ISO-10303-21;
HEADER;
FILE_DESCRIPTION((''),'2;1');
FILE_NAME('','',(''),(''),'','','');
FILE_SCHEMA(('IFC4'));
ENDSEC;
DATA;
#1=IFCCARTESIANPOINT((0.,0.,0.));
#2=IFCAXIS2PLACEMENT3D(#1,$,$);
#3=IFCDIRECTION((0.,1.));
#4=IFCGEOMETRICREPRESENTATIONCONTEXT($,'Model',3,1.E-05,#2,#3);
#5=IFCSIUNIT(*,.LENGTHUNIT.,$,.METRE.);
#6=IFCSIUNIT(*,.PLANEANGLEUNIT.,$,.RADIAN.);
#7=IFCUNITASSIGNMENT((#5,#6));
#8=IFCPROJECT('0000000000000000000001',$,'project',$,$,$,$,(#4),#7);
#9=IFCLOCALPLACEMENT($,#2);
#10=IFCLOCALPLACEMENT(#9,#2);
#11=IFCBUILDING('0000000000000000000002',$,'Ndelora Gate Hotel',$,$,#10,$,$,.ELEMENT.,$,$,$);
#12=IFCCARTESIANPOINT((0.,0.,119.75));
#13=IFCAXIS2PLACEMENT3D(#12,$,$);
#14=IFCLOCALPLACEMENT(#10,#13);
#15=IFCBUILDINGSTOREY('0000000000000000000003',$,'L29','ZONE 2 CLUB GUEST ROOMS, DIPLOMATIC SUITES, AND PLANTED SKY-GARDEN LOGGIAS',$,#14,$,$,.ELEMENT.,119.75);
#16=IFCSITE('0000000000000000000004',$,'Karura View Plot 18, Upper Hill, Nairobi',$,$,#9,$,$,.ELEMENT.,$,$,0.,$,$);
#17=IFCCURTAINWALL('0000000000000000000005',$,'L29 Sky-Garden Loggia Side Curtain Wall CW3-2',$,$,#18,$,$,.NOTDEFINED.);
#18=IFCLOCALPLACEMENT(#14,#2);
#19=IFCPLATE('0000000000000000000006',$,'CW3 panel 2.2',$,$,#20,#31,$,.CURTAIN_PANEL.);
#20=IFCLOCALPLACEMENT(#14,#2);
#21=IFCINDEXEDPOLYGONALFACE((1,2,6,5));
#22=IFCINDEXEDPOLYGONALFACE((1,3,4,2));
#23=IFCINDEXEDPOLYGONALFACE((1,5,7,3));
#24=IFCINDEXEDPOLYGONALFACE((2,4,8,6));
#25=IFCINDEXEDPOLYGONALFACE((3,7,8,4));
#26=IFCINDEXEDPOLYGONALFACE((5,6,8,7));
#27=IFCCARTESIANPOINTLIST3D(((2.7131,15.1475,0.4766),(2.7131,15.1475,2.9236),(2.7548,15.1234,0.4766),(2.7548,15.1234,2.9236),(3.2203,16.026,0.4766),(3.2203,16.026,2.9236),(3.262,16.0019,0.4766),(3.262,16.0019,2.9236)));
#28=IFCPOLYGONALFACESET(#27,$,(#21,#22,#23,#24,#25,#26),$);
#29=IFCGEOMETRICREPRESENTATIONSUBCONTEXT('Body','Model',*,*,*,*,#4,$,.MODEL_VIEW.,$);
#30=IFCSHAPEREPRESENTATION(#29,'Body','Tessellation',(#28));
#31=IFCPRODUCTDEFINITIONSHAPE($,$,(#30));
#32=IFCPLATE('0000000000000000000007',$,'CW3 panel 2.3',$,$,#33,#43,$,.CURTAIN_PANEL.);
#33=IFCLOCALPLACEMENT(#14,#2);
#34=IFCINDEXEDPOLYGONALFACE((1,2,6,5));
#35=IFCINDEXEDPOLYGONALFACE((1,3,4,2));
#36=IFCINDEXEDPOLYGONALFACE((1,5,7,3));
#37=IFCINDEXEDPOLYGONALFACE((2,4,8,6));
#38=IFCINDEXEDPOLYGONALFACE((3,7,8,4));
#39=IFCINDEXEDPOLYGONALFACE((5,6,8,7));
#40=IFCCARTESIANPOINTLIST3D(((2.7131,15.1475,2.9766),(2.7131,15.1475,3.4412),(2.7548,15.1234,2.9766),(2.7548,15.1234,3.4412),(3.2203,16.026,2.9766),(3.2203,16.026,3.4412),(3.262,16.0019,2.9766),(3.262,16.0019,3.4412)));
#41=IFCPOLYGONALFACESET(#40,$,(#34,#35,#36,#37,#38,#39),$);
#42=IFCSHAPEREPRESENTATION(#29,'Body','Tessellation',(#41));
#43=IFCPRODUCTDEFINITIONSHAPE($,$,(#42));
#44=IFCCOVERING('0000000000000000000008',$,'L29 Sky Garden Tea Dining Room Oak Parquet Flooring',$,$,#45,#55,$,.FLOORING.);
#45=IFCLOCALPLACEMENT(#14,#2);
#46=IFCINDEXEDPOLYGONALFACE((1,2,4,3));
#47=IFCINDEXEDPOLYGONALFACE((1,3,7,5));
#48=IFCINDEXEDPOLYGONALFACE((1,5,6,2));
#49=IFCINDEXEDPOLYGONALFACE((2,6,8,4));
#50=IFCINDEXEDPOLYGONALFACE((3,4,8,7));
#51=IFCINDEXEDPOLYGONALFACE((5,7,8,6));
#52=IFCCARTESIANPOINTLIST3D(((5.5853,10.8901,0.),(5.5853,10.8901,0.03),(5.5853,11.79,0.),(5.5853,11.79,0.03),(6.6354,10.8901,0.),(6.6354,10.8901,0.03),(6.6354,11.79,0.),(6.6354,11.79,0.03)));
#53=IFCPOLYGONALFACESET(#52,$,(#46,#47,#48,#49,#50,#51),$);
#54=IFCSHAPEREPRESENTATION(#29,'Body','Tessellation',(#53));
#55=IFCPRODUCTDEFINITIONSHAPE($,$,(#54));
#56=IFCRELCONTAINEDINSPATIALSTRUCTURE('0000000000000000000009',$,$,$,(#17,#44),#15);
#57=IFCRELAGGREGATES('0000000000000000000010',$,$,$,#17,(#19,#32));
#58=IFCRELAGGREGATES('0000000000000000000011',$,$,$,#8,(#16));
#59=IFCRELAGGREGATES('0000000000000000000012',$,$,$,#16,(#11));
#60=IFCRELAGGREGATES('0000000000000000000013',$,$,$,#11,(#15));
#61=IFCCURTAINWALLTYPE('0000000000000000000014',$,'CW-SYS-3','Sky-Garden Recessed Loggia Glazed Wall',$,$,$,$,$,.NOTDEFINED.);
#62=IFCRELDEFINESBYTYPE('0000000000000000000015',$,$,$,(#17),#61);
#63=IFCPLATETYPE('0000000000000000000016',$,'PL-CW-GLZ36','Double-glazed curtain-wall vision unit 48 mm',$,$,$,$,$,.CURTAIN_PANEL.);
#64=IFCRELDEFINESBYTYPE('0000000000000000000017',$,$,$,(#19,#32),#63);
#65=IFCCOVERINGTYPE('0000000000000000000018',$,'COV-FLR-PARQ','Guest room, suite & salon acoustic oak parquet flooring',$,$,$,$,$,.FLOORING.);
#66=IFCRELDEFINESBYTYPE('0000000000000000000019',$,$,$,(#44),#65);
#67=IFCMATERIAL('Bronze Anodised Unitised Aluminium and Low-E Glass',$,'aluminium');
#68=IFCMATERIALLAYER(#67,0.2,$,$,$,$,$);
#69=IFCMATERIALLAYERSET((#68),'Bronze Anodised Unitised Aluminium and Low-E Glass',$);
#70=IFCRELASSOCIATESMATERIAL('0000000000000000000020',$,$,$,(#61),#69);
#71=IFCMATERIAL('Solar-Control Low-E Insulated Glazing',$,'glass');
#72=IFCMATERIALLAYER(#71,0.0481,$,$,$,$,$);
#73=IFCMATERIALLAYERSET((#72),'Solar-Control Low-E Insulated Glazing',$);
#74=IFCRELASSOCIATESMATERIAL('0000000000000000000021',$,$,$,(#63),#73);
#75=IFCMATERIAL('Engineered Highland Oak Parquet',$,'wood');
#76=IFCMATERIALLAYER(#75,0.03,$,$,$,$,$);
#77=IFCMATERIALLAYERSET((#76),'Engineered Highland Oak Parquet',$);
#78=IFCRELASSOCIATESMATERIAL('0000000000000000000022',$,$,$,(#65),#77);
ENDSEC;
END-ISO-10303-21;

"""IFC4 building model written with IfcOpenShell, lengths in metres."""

from ifc_helpers import new_model, si_unit, direction, frame, origin, origin_2d, place, context, subcontext, project, spatial, rectangle, extrude, material, layer, layer_set, type_object, element, aggregate, save


model = new_model("IFC4")

# Units and contexts
model_context = context("Model", 3, precision=1e-05, world=origin(), true_north=direction((0.0, 1.0)))
body_context = subcontext(model_context, "Body", "Model", "MODEL_VIEW")
ifc_project = project(units=[si_unit("LENGTHUNIT", "METRE"), si_unit("PLANEANGLEUNIT", "RADIAN")], contexts=[model_context])

# Site, building, storey
site_placement = place(None, origin())
site = spatial("IfcSite", under=ifc_project, at=site_placement, Name="Karura View Plot 18, Upper Hill, Nairobi", CompositionType="ELEMENT", RefElevation=0.0)
building_placement = place(site_placement, origin())
building = spatial("IfcBuilding", under=site, at=building_placement, Name="Ndelora Gate Hotel", CompositionType="ELEMENT")
storey_placement = place(building_placement, frame((0.0, 0.0, 119.75)))
storey = spatial("IfcBuildingStorey", under=building, at=storey_placement, Name="L29", Description="ZONE 2 CLUB GUEST ROOMS, DIPLOMATIC SUITES, AND PLANTED SKY-GARDEN LOGGIAS", CompositionType="ELEMENT", Elevation=119.75)

# Curtain wall, plates
ifc_material_1 = material(Name="Bronze Anodised Unitised Aluminium and Low-E Glass", Category="aluminium")
ifc_layer_1 = layer(ifc_material_1, 0.2)
ifc_layer_set_1 = layer_set([ifc_layer_1], Name="Bronze Anodised Unitised Aluminium and Low-E Glass")
curtain_wall_type = type_object("IfcCurtainWallType", Name="CW-SYS-3", Description="Sky-Garden Recessed Loggia Glazed Wall", PredefinedType="NOTDEFINED", material=ifc_layer_set_1)
curtain_wall_placement = place(storey_placement, origin())
curtain_wall = element("IfcCurtainWall", 1, at=curtain_wall_placement, inside=storey, type_object=curtain_wall_type, Name="L29 Sky-Garden Loggia Side Curtain Wall CW3-2", PredefinedType="NOTDEFINED")
ifc_material_2 = material(Name="Solar-Control Low-E Insulated Glazing", Category="glass")
ifc_layer_2 = layer(ifc_material_2, 0.0481)
ifc_layer_set_2 = layer_set([ifc_layer_2], Name="Solar-Control Low-E Insulated Glazing")
plate_type = type_object("IfcPlateType", Name="PL-CW-GLZ36", Description="Double-glazed curtain-wall vision unit 48 mm", PredefinedType="CURTAIN_PANEL", material=ifc_layer_set_2)
plate_1_placement = place(storey_placement, frame((2.9875, 15.5747, 0.4766), z_axis=(0.0, 0.0, 1.0), x_axis=(-0.500011, -0.866019, 0.0)))
plate_1 = element("IfcPlate", 2, at=plate_1_placement, type_object=plate_type, Name="CW3 panel 2.2", PredefinedType="CURTAIN_PANEL", context=body_context, shape_type="SweptSolid", body=[
    extrude(rectangle(XDim=1.0144, YDim=0.0481, at=origin_2d()), origin(), (0.0, 0.0, 1.0), 2.447),
])
plate_2_placement = place(storey_placement, frame((2.9875, 15.5747, 2.9766), z_axis=(0.0, 0.0, 1.0), x_axis=(-0.500011, -0.866019, 0.0)))
plate_2 = element("IfcPlate", 3, at=plate_2_placement, type_object=plate_type, Name="CW3 panel 2.3", PredefinedType="CURTAIN_PANEL", context=body_context, shape_type="SweptSolid", body=[
    extrude(rectangle(XDim=1.0144, YDim=0.0481, at=origin_2d()), origin(), (0.0, 0.0, 1.0), 0.4646),
])
aggregate(curtain_wall, [plate_1, plate_2])

# Covering
ifc_material_3 = material(Name="Engineered Highland Oak Parquet", Category="wood")
ifc_layer_3 = layer(ifc_material_3, 0.03)
ifc_layer_set_3 = layer_set([ifc_layer_3], Name="Engineered Highland Oak Parquet")
covering_type = type_object("IfcCoveringType", Name="COV-FLR-PARQ", Description="Guest room, suite & salon acoustic oak parquet flooring", PredefinedType="FLOORING", material=ifc_layer_set_3)
covering_placement = place(storey_placement, frame((6.1104, 11.3401, 0.0), z_axis=(0.0, 0.0, 1.0), x_axis=(1.0, 0.0, 0.0)))
element("IfcCovering", 4, at=covering_placement, inside=storey, type_object=covering_type, Name="L29 Sky Garden Tea Dining Room Oak Parquet Flooring", PredefinedType="FLOORING", context=body_context, shape_type="SweptSolid", body=[
    extrude(rectangle(XDim=1.05, YDim=0.8999, at=origin_2d()), origin(), (0.0, 0.0, 1.0), 0.03),
])

save(model, "model.ifc")
